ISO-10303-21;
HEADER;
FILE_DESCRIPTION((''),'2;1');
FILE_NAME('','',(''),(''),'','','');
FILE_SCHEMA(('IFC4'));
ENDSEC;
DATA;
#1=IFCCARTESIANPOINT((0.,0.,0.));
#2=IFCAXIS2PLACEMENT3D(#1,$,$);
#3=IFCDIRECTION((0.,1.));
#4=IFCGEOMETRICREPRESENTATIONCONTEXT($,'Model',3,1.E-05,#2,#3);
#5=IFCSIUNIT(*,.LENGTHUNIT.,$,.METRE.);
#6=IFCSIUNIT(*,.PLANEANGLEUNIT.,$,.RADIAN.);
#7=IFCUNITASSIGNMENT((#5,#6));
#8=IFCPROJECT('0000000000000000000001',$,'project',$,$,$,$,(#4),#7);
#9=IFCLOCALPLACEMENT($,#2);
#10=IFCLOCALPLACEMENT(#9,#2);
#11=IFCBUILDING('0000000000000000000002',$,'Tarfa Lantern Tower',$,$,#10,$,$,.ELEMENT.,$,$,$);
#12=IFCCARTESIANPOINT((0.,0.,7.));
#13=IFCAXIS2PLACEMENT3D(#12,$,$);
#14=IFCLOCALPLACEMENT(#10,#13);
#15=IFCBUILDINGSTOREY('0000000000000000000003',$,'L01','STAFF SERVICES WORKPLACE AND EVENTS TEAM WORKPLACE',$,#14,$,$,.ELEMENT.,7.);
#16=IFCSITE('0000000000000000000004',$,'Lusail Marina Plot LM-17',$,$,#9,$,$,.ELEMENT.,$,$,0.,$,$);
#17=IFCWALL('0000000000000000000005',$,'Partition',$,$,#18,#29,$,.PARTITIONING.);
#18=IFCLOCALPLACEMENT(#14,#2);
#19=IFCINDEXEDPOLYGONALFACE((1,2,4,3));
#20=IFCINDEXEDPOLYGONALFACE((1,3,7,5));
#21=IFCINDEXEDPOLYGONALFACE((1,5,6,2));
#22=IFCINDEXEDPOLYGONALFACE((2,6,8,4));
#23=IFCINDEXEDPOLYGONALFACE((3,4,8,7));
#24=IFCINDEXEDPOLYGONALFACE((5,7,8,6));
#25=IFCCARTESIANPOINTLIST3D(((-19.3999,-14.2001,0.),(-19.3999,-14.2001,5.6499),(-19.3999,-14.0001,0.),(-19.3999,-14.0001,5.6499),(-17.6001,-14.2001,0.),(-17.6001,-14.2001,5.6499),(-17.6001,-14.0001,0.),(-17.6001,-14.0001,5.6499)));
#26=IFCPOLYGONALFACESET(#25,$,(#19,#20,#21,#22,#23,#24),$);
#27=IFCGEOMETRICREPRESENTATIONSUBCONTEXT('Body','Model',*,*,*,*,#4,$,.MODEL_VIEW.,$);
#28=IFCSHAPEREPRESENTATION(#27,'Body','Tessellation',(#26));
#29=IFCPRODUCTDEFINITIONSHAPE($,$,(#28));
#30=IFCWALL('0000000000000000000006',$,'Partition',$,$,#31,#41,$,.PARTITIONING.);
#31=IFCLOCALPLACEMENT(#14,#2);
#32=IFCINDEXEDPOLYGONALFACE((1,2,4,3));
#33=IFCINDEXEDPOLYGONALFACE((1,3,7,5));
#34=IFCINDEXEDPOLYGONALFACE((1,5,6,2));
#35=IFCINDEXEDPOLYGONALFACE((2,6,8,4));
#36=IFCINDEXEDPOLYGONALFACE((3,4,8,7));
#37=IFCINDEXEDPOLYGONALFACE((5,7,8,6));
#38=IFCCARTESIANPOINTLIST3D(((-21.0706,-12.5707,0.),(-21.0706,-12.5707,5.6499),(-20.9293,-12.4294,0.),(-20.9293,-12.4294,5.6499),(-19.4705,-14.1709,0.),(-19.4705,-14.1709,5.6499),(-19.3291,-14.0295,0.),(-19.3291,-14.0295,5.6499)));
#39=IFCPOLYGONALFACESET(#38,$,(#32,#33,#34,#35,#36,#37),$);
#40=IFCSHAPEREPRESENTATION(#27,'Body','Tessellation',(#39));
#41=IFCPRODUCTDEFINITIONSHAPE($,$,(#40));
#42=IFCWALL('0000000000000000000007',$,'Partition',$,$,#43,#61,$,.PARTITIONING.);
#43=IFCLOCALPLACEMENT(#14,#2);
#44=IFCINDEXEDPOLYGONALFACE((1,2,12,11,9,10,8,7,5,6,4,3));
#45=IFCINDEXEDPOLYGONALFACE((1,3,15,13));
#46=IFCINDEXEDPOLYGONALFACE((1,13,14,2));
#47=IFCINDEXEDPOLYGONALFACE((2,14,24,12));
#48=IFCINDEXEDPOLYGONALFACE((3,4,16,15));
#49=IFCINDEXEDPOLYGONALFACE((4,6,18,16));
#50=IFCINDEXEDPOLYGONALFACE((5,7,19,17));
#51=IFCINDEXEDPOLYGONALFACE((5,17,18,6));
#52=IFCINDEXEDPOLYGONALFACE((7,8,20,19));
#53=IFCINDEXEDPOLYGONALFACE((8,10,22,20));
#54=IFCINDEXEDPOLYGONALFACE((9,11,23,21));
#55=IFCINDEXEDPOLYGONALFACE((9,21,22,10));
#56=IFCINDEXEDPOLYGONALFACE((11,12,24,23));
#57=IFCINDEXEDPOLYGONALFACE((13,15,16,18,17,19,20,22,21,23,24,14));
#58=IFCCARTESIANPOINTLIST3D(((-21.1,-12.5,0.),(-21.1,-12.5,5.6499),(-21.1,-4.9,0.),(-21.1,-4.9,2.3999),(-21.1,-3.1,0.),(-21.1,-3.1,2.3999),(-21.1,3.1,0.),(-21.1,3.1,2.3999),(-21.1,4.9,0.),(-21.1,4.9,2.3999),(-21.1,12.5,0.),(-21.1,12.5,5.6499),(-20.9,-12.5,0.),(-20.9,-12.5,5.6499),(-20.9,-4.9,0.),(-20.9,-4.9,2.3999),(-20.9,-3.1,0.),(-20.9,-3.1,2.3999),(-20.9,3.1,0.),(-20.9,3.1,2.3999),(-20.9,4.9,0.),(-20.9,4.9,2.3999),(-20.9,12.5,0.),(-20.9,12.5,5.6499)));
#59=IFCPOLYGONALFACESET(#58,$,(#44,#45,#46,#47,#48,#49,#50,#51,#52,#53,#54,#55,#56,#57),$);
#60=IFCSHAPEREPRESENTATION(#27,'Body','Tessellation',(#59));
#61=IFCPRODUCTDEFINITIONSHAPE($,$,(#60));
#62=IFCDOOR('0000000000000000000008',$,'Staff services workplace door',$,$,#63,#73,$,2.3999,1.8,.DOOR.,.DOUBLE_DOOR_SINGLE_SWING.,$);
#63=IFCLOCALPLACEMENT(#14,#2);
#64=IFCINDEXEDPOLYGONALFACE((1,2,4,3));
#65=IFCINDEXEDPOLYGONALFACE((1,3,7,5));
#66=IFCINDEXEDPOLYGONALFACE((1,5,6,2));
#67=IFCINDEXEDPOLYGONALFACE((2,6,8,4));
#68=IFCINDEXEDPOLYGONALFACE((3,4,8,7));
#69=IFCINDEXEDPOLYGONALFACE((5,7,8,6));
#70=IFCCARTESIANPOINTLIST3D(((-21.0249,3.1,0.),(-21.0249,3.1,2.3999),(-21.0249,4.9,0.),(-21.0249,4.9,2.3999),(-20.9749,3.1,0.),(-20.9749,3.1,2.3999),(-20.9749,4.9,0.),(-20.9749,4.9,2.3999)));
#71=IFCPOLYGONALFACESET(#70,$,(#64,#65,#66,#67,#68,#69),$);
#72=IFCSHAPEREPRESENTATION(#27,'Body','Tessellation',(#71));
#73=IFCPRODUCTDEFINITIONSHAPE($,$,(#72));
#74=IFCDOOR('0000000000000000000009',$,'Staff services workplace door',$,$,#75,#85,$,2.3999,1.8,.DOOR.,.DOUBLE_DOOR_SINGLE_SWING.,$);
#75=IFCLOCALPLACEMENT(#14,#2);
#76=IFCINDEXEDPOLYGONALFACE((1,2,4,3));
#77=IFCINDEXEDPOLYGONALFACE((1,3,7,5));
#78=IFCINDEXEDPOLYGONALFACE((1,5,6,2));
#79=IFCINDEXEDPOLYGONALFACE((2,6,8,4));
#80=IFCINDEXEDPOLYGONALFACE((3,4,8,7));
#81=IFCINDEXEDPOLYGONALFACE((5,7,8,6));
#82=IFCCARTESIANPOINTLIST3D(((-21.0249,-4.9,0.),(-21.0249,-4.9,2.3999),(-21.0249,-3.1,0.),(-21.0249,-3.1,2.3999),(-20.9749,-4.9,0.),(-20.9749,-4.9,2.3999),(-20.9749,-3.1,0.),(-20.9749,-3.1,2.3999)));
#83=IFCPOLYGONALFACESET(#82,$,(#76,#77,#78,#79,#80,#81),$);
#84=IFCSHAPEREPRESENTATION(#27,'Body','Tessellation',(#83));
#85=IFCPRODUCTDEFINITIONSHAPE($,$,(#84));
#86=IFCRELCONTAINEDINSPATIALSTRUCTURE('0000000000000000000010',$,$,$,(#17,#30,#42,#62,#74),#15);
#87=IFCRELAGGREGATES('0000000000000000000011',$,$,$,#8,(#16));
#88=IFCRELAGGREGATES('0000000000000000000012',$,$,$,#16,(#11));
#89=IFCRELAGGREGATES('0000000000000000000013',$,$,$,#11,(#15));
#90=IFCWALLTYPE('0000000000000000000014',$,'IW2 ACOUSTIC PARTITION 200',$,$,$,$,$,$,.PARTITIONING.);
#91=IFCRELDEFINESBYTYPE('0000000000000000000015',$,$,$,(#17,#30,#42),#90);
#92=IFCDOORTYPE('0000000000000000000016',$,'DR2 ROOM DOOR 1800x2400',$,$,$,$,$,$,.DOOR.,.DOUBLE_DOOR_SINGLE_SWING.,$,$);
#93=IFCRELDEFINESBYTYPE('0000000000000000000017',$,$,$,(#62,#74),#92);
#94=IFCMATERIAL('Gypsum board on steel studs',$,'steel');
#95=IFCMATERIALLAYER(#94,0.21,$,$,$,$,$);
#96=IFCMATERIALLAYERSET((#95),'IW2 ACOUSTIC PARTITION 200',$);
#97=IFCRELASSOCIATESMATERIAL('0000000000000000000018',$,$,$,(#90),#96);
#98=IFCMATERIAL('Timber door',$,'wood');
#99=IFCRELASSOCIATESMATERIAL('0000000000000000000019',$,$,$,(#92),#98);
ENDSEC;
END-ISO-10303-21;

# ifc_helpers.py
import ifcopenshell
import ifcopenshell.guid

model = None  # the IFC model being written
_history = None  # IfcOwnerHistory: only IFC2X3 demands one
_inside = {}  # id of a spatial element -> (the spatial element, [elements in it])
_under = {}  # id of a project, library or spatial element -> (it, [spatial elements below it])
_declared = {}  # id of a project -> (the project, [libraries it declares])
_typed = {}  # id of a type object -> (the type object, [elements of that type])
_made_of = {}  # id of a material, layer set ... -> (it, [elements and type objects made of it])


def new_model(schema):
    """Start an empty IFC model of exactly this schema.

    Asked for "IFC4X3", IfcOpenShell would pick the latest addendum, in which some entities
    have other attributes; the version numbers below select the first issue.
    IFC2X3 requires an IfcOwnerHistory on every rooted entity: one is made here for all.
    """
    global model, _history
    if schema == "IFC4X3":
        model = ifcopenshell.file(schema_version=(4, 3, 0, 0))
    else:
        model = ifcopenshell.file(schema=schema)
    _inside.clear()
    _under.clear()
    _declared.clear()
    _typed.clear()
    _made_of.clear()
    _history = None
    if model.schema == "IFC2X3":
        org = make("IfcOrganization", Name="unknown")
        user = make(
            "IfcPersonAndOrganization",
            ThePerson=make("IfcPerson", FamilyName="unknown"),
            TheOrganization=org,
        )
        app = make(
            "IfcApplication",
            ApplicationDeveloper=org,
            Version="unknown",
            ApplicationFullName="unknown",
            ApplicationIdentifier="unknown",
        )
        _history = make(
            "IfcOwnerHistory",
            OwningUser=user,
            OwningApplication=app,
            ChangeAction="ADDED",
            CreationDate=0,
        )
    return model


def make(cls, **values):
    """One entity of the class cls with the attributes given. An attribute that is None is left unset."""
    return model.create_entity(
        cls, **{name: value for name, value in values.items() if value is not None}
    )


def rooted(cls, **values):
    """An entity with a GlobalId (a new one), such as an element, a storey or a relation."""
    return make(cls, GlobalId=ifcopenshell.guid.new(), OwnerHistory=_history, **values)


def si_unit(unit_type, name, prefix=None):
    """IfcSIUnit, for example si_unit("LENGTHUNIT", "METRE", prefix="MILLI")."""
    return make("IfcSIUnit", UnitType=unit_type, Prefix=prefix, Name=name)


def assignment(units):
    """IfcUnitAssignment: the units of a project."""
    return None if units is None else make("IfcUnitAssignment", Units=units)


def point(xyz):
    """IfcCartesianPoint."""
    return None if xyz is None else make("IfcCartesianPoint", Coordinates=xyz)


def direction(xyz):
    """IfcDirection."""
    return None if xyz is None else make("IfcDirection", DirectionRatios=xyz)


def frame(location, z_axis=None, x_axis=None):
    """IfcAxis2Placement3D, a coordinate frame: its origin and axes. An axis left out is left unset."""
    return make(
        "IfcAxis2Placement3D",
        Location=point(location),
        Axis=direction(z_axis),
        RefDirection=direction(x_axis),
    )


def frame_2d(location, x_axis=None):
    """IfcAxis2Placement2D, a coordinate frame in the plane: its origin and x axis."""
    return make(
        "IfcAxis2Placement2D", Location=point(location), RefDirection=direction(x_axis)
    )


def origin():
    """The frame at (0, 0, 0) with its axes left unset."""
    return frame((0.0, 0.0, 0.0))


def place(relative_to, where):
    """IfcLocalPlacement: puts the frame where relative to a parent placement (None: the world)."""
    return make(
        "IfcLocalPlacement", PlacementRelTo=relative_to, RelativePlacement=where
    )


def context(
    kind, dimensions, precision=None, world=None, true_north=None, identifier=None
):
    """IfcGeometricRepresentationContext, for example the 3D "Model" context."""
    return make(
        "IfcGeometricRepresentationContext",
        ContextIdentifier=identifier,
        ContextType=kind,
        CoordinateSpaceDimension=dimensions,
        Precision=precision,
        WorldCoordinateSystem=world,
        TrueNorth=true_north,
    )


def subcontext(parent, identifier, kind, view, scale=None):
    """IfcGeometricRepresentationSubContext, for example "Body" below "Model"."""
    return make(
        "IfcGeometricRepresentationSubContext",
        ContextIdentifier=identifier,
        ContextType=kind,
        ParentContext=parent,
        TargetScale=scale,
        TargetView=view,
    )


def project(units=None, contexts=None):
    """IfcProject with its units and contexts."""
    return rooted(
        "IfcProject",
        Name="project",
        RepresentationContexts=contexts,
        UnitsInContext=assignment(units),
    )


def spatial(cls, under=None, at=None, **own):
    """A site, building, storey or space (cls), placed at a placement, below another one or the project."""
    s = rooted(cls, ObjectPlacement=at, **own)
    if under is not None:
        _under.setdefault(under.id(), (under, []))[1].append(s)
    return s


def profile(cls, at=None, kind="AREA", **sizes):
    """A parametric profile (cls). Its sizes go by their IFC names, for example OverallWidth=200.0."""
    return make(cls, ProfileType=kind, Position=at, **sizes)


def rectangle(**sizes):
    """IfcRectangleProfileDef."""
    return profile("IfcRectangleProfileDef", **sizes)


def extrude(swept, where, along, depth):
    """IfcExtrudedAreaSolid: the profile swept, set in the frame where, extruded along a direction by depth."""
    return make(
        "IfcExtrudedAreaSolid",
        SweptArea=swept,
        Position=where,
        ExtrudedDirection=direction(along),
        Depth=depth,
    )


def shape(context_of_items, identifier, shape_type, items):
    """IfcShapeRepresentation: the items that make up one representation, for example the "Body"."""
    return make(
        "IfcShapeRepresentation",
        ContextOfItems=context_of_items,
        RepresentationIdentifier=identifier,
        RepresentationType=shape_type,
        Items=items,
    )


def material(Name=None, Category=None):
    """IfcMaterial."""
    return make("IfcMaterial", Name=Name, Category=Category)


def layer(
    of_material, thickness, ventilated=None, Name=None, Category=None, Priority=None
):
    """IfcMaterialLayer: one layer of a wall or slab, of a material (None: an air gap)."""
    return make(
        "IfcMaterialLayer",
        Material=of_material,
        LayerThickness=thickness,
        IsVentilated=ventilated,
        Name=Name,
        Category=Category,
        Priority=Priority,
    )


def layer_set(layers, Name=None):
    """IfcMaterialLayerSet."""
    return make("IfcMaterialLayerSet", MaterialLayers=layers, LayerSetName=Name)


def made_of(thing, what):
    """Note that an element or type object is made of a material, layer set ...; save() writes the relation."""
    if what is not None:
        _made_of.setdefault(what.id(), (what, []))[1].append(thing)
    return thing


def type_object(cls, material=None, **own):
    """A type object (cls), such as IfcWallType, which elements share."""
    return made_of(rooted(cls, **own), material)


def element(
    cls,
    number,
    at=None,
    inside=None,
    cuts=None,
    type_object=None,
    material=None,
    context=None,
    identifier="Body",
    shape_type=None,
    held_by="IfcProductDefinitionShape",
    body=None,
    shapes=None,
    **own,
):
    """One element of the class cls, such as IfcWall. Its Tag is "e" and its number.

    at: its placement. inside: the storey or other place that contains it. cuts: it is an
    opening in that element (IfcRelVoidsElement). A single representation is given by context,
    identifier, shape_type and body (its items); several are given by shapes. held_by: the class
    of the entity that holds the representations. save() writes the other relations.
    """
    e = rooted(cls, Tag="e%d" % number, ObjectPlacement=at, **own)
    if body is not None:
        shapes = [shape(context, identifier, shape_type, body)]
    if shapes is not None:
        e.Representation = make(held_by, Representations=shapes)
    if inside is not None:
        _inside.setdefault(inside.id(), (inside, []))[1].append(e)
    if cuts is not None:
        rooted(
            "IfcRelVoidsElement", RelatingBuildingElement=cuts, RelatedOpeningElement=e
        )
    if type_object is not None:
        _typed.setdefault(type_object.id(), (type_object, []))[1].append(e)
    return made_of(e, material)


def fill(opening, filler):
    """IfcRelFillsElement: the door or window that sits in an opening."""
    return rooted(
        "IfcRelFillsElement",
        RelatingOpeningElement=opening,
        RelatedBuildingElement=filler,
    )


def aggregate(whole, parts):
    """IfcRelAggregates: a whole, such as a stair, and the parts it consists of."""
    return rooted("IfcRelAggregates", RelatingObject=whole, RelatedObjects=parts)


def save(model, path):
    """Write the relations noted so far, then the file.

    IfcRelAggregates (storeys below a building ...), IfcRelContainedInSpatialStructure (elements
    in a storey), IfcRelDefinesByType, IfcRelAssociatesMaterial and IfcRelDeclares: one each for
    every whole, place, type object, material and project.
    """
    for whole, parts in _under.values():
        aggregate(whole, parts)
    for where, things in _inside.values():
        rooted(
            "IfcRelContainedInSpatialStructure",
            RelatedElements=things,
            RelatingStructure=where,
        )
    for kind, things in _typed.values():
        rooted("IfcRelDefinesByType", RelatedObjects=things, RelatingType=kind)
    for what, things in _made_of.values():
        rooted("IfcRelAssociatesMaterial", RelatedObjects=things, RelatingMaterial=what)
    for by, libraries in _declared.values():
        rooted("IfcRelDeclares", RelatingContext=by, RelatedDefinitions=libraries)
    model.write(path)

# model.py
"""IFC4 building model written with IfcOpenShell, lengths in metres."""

from ifc_helpers import new_model, si_unit, direction, frame, frame_2d, origin, place, context, subcontext, project, spatial, rectangle, extrude, material, layer, layer_set, type_object, element, fill, save


model = new_model("IFC4")

# Units and contexts
model_context = context("Model", 3, precision=1e-05, world=origin(), true_north=direction((0.0, 1.0)))
body_context = subcontext(model_context, "Body", "Model", "MODEL_VIEW")
ifc_project = project(units=[si_unit("LENGTHUNIT", "METRE"), si_unit("PLANEANGLEUNIT", "RADIAN")], contexts=[model_context])

# Site, building, storey
site_placement = place(None, origin())
site = spatial("IfcSite", under=ifc_project, at=site_placement, Name="Lusail Marina Plot LM-17", CompositionType="ELEMENT", RefElevation=0.0)
building_placement = place(site_placement, origin())
building = spatial("IfcBuilding", under=site, at=building_placement, Name="Tarfa Lantern Tower", CompositionType="ELEMENT")
storey_placement = place(building_placement, frame((0.0, 0.0, 7.0)))
storey = spatial("IfcBuildingStorey", under=building, at=storey_placement, Name="L01", Description="STAFF SERVICES WORKPLACE AND EVENTS TEAM WORKPLACE", CompositionType="ELEMENT", Elevation=7.0)

# Walls
ifc_material_1 = material(Name="Gypsum board on steel studs", Category="steel")
ifc_layer = layer(ifc_material_1, 0.21)
ifc_layer_set = layer_set([ifc_layer], Name="IW2 ACOUSTIC PARTITION 200")
wall_type = type_object("IfcWallType", Name="IW2 ACOUSTIC PARTITION 200", PredefinedType="PARTITIONING", material=ifc_layer_set)
wall_1_placement = place(storey_placement, frame((-17.6001, -14.1001, 0.0), z_axis=(0.0, 0.0, 1.0), x_axis=(-1.0, 0.0, 0.0)))
element("IfcWall", 1, at=wall_1_placement, inside=storey, type_object=wall_type, Name="Partition", PredefinedType="PARTITIONING", context=body_context, shape_type="SweptSolid", body=[
    extrude(rectangle(XDim=1.7998, YDim=0.2, at=frame_2d((0.8999, 0.0))), origin(), (0.0, 0.0, 1.0), 5.6499),
])
wall_2_placement = place(storey_placement, frame((-19.3999, -14.1001, 0.0), z_axis=(0.0, 0.0, 1.0), x_axis=(-0.707107, 0.707107, 0.0)))
element("IfcWall", 2, at=wall_2_placement, inside=storey, type_object=wall_type, Name="Partition", PredefinedType="PARTITIONING", context=body_context, shape_type="SweptSolid", body=[
    extrude(rectangle(XDim=2.2629, YDim=0.2, at=frame_2d((1.1313, 0.0))), origin(), (0.0, 0.0, 1.0), 5.6499),
])

# Wall, openings, doors
wall_3_placement = place(storey_placement, frame((-21.0, -12.5, 0.0), z_axis=(0.0, 0.0, 1.0), x_axis=(0.0, 1.0, 0.0)))
wall_3 = element("IfcWall", 3, at=wall_3_placement, inside=storey, type_object=wall_type, Name="Partition", PredefinedType="PARTITIONING", context=body_context, shape_type="SweptSolid", body=[
    extrude(rectangle(XDim=25.0, YDim=0.2, at=frame_2d((12.5, 0.0))), origin(), (0.0, 0.0, 1.0), 5.6499),
])
opening_1_placement = place(wall_3_placement, frame((15.6001, 0.0, 0.0)))
opening_1 = element("IfcOpeningElement", 4, at=opening_1_placement, cuts=wall_3, PredefinedType="OPENING", context=body_context, shape_type="SweptSolid", body=[
    extrude(rectangle(XDim=1.8, YDim=2.3999, at=frame_2d((0.8999, 1.2))), frame((0.0, 0.1099, 0.0), z_axis=(0.0, -1.0, 0.0), x_axis=(1.0, 0.0, 0.0)), (0.0, 0.0, 1.0), 0.22),
])
opening_2_placement = place(wall_3_placement, frame((7.6001, 0.0, 0.0)))
opening_2 = element("IfcOpeningElement", 5, at=opening_2_placement, cuts=wall_3, PredefinedType="OPENING", context=body_context, shape_type="SweptSolid", body=[
    extrude(rectangle(XDim=1.8, YDim=2.3999, at=frame_2d((0.8999, 1.2))), frame((0.0, 0.1099, 0.0), z_axis=(0.0, -1.0, 0.0), x_axis=(1.0, 0.0, 0.0)), (0.0, 0.0, 1.0), 0.22),
])
ifc_material_2 = material(Name="Timber door", Category="wood")
door_type = type_object("IfcDoorType", Name="DR2 ROOM DOOR 1800x2400", OperationType="DOUBLE_DOOR_SINGLE_SWING", PredefinedType="DOOR", material=ifc_material_2)
door_1_placement = place(opening_1_placement, origin())
door_1 = element("IfcDoor", 6, at=door_1_placement, inside=storey, type_object=door_type, Name="Staff services workplace door", OperationType="DOUBLE_DOOR_SINGLE_SWING", OverallHeight=2.3999, OverallWidth=1.8, PredefinedType="DOOR", context=body_context, shape_type="SweptSolid", body=[
    extrude(rectangle(XDim=1.8, YDim=2.3999, at=frame_2d((0.8999, 1.2))), frame((0.0, 0.0249, 0.0), z_axis=(0.0, -1.0, 0.0), x_axis=(1.0, 0.0, 0.0)), (0.0, 0.0, 1.0), 0.05),
])
fill(opening_1, door_1)
door_2_placement = place(opening_2_placement, origin())
door_2 = element("IfcDoor", 7, at=door_2_placement, inside=storey, type_object=door_type, Name="Staff services workplace door", OperationType="DOUBLE_DOOR_SINGLE_SWING", OverallHeight=2.3999, OverallWidth=1.8, PredefinedType="DOOR", context=body_context, shape_type="SweptSolid", body=[
    extrude(rectangle(XDim=1.8, YDim=2.3999, at=frame_2d((0.8999, 1.2))), frame((0.0, 0.0249, 0.0), z_axis=(0.0, -1.0, 0.0), x_axis=(1.0, 0.0, 0.0)), (0.0, 0.0, 1.0), 0.05),
])
fill(opening_2, door_2)

save(model, "model.ifc")
